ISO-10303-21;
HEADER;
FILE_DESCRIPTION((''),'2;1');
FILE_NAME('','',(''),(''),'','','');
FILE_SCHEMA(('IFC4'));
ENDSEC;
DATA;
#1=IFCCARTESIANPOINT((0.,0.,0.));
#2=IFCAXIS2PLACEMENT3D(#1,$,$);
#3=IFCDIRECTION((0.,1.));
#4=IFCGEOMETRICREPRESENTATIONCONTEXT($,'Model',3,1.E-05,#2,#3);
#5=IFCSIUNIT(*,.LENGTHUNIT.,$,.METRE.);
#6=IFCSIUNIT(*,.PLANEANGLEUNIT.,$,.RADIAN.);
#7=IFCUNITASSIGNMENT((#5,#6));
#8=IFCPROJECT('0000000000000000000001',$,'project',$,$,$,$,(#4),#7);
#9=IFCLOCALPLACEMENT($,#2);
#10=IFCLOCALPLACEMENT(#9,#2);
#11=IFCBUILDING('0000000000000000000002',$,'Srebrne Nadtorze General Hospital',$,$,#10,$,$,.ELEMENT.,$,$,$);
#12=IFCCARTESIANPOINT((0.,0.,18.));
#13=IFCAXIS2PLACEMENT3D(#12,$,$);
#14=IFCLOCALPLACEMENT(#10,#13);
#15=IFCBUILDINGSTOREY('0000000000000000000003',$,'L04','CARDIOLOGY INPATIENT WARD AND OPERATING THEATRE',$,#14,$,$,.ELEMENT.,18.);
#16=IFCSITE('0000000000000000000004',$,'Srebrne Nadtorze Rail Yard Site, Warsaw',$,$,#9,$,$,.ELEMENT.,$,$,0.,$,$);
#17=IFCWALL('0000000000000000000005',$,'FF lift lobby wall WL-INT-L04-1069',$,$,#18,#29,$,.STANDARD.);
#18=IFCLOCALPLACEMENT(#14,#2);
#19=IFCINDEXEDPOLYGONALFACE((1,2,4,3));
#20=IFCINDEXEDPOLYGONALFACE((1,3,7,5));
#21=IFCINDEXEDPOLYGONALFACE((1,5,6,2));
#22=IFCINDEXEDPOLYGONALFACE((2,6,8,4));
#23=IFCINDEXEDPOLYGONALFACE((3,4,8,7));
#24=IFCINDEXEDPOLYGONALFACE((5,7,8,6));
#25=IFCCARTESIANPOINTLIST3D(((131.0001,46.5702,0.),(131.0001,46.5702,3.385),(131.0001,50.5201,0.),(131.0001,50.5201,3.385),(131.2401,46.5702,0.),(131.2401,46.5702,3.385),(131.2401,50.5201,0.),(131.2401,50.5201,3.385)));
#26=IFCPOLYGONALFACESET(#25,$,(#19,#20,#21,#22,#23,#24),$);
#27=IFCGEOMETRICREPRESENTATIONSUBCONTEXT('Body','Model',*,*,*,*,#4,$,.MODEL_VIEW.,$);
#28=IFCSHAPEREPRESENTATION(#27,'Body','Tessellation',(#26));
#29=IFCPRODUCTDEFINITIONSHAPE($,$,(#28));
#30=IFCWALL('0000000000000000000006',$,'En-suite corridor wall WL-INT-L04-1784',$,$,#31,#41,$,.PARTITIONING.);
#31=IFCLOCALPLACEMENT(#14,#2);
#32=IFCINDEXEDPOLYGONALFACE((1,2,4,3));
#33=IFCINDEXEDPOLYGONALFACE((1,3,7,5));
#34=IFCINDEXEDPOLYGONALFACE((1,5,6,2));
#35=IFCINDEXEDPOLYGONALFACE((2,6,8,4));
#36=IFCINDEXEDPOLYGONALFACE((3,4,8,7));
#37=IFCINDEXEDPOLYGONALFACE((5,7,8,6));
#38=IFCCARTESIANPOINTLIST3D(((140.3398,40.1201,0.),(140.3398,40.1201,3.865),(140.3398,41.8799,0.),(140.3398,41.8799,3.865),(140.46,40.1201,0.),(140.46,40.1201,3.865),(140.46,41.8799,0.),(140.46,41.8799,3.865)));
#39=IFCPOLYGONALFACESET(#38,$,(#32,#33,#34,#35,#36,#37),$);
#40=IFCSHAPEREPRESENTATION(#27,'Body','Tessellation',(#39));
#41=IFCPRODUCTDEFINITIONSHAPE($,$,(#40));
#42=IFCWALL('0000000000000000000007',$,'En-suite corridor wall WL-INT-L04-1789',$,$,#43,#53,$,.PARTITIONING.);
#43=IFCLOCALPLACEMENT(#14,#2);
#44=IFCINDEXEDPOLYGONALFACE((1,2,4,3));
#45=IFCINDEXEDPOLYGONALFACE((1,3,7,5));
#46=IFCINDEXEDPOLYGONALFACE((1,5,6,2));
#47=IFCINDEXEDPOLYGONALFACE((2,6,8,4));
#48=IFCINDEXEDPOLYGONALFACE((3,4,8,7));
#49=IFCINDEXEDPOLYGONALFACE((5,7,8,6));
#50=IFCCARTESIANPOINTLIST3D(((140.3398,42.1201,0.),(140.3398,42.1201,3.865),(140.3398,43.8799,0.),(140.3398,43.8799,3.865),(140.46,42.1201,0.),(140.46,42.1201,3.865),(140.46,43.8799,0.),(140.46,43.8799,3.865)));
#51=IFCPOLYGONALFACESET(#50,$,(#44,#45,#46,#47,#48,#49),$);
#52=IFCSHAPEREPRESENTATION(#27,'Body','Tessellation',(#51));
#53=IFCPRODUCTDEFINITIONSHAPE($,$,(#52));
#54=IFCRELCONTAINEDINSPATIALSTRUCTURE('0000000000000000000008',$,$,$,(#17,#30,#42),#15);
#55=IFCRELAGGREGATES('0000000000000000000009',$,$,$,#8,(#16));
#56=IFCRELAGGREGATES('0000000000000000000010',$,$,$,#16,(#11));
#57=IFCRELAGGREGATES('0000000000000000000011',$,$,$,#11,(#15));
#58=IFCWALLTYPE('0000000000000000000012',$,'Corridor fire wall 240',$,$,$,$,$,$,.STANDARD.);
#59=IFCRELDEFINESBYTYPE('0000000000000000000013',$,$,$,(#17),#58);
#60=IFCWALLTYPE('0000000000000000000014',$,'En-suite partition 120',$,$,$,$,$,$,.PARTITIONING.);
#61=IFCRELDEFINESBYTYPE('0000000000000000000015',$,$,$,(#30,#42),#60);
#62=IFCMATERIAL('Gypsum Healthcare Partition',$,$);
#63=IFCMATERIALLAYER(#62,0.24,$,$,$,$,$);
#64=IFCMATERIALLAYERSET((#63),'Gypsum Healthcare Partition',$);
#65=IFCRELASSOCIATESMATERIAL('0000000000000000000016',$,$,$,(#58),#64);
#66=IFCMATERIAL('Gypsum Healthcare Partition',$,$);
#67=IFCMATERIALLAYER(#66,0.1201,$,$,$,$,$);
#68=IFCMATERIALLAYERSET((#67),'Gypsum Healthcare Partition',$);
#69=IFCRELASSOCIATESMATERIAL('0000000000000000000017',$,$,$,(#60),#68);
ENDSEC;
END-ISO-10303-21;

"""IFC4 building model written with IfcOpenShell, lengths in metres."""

from ifc_helpers import new_model, si_unit, direction, frame, frame_2d, origin, place, context, subcontext, project, spatial, rectangle, extrude, material, layer, layer_set, type_object, element, save


model = new_model("IFC4")

# Units and contexts
model_context = context("Model", 3, precision=1e-05, world=origin(), true_north=direction((0.0, 1.0)))
body_context = subcontext(model_context, "Body", "Model", "MODEL_VIEW")
ifc_project = project(units=[si_unit("LENGTHUNIT", "METRE"), si_unit("PLANEANGLEUNIT", "RADIAN")], contexts=[model_context])

# Site, building, storey
site_placement = place(None, origin())
site = spatial("IfcSite", under=ifc_project, at=site_placement, Name="Srebrne Nadtorze Rail Yard Site, Warsaw", CompositionType="ELEMENT", RefElevation=0.0)
building_placement = place(site_placement, origin())
building = spatial("IfcBuilding", under=site, at=building_placement, Name="Srebrne Nadtorze General Hospital", CompositionType="ELEMENT")
storey_placement = place(building_placement, frame((0.0, 0.0, 18.0)))
storey = spatial("IfcBuildingStorey", under=building, at=storey_placement, Name="L04", Description="CARDIOLOGY INPATIENT WARD AND OPERATING THEATRE", CompositionType="ELEMENT", Elevation=18.0)

# Walls
ifc_material_1 = material(Name="Gypsum Healthcare Partition")
ifc_layer_1 = layer(ifc_material_1, 0.24)
ifc_layer_set_1 = layer_set([ifc_layer_1], Name="Gypsum Healthcare Partition")
wall_type_1 = type_object("IfcWallType", Name="Corridor fire wall 240", PredefinedType="STANDARD", material=ifc_layer_set_1)
wall_1_placement = place(storey_placement, frame((131.1201, 46.5701, 0.0), z_axis=(0.0, 0.0, 1.0), x_axis=(0.0, 1.0, 0.0)))
element("IfcWall", 1, at=wall_1_placement, inside=storey, type_object=wall_type_1, Name="FF lift lobby wall WL-INT-L04-1069", PredefinedType="STANDARD", context=body_context, shape_type="SweptSolid", body=[
    extrude(rectangle(XDim=3.95, YDim=0.24, at=frame_2d((1.9751, 0.0))), origin(), (0.0, 0.0, 1.0), 3.385),
])
ifc_material_2 = material(Name="Gypsum Healthcare Partition")
ifc_layer_2 = layer(ifc_material_2, 0.1201)
ifc_layer_set_2 = layer_set([ifc_layer_2], Name="Gypsum Healthcare Partition")
wall_type_2 = type_object("IfcWallType", Name="En-suite partition 120", PredefinedType="PARTITIONING", material=ifc_layer_set_2)
for number, where, z_axis, x_axis, name in (
    (2, (140.3999, 40.1201, 0.0), (0.0, 0.0, 1.0), (0.0, 1.0, 0.0), "En-suite corridor wall WL-INT-L04-1784"),
    (3, (140.3999, 42.1201, 0.0), (0.0, 0.0, 1.0), (0.0, 1.0, 0.0), "En-suite corridor wall WL-INT-L04-1789"),
):
    element("IfcWall", number, at=place(storey_placement, frame(where, z_axis=z_axis, x_axis=x_axis)), inside=storey, type_object=wall_type_2, Name=name, PredefinedType="PARTITIONING", context=body_context, shape_type="SweptSolid", body=[
        extrude(rectangle(XDim=1.7598, YDim=0.1201, at=frame_2d((0.8799, 0.0))), origin(), (0.0, 0.0, 1.0), 3.865),
    ])

save(model, "model.ifc")
